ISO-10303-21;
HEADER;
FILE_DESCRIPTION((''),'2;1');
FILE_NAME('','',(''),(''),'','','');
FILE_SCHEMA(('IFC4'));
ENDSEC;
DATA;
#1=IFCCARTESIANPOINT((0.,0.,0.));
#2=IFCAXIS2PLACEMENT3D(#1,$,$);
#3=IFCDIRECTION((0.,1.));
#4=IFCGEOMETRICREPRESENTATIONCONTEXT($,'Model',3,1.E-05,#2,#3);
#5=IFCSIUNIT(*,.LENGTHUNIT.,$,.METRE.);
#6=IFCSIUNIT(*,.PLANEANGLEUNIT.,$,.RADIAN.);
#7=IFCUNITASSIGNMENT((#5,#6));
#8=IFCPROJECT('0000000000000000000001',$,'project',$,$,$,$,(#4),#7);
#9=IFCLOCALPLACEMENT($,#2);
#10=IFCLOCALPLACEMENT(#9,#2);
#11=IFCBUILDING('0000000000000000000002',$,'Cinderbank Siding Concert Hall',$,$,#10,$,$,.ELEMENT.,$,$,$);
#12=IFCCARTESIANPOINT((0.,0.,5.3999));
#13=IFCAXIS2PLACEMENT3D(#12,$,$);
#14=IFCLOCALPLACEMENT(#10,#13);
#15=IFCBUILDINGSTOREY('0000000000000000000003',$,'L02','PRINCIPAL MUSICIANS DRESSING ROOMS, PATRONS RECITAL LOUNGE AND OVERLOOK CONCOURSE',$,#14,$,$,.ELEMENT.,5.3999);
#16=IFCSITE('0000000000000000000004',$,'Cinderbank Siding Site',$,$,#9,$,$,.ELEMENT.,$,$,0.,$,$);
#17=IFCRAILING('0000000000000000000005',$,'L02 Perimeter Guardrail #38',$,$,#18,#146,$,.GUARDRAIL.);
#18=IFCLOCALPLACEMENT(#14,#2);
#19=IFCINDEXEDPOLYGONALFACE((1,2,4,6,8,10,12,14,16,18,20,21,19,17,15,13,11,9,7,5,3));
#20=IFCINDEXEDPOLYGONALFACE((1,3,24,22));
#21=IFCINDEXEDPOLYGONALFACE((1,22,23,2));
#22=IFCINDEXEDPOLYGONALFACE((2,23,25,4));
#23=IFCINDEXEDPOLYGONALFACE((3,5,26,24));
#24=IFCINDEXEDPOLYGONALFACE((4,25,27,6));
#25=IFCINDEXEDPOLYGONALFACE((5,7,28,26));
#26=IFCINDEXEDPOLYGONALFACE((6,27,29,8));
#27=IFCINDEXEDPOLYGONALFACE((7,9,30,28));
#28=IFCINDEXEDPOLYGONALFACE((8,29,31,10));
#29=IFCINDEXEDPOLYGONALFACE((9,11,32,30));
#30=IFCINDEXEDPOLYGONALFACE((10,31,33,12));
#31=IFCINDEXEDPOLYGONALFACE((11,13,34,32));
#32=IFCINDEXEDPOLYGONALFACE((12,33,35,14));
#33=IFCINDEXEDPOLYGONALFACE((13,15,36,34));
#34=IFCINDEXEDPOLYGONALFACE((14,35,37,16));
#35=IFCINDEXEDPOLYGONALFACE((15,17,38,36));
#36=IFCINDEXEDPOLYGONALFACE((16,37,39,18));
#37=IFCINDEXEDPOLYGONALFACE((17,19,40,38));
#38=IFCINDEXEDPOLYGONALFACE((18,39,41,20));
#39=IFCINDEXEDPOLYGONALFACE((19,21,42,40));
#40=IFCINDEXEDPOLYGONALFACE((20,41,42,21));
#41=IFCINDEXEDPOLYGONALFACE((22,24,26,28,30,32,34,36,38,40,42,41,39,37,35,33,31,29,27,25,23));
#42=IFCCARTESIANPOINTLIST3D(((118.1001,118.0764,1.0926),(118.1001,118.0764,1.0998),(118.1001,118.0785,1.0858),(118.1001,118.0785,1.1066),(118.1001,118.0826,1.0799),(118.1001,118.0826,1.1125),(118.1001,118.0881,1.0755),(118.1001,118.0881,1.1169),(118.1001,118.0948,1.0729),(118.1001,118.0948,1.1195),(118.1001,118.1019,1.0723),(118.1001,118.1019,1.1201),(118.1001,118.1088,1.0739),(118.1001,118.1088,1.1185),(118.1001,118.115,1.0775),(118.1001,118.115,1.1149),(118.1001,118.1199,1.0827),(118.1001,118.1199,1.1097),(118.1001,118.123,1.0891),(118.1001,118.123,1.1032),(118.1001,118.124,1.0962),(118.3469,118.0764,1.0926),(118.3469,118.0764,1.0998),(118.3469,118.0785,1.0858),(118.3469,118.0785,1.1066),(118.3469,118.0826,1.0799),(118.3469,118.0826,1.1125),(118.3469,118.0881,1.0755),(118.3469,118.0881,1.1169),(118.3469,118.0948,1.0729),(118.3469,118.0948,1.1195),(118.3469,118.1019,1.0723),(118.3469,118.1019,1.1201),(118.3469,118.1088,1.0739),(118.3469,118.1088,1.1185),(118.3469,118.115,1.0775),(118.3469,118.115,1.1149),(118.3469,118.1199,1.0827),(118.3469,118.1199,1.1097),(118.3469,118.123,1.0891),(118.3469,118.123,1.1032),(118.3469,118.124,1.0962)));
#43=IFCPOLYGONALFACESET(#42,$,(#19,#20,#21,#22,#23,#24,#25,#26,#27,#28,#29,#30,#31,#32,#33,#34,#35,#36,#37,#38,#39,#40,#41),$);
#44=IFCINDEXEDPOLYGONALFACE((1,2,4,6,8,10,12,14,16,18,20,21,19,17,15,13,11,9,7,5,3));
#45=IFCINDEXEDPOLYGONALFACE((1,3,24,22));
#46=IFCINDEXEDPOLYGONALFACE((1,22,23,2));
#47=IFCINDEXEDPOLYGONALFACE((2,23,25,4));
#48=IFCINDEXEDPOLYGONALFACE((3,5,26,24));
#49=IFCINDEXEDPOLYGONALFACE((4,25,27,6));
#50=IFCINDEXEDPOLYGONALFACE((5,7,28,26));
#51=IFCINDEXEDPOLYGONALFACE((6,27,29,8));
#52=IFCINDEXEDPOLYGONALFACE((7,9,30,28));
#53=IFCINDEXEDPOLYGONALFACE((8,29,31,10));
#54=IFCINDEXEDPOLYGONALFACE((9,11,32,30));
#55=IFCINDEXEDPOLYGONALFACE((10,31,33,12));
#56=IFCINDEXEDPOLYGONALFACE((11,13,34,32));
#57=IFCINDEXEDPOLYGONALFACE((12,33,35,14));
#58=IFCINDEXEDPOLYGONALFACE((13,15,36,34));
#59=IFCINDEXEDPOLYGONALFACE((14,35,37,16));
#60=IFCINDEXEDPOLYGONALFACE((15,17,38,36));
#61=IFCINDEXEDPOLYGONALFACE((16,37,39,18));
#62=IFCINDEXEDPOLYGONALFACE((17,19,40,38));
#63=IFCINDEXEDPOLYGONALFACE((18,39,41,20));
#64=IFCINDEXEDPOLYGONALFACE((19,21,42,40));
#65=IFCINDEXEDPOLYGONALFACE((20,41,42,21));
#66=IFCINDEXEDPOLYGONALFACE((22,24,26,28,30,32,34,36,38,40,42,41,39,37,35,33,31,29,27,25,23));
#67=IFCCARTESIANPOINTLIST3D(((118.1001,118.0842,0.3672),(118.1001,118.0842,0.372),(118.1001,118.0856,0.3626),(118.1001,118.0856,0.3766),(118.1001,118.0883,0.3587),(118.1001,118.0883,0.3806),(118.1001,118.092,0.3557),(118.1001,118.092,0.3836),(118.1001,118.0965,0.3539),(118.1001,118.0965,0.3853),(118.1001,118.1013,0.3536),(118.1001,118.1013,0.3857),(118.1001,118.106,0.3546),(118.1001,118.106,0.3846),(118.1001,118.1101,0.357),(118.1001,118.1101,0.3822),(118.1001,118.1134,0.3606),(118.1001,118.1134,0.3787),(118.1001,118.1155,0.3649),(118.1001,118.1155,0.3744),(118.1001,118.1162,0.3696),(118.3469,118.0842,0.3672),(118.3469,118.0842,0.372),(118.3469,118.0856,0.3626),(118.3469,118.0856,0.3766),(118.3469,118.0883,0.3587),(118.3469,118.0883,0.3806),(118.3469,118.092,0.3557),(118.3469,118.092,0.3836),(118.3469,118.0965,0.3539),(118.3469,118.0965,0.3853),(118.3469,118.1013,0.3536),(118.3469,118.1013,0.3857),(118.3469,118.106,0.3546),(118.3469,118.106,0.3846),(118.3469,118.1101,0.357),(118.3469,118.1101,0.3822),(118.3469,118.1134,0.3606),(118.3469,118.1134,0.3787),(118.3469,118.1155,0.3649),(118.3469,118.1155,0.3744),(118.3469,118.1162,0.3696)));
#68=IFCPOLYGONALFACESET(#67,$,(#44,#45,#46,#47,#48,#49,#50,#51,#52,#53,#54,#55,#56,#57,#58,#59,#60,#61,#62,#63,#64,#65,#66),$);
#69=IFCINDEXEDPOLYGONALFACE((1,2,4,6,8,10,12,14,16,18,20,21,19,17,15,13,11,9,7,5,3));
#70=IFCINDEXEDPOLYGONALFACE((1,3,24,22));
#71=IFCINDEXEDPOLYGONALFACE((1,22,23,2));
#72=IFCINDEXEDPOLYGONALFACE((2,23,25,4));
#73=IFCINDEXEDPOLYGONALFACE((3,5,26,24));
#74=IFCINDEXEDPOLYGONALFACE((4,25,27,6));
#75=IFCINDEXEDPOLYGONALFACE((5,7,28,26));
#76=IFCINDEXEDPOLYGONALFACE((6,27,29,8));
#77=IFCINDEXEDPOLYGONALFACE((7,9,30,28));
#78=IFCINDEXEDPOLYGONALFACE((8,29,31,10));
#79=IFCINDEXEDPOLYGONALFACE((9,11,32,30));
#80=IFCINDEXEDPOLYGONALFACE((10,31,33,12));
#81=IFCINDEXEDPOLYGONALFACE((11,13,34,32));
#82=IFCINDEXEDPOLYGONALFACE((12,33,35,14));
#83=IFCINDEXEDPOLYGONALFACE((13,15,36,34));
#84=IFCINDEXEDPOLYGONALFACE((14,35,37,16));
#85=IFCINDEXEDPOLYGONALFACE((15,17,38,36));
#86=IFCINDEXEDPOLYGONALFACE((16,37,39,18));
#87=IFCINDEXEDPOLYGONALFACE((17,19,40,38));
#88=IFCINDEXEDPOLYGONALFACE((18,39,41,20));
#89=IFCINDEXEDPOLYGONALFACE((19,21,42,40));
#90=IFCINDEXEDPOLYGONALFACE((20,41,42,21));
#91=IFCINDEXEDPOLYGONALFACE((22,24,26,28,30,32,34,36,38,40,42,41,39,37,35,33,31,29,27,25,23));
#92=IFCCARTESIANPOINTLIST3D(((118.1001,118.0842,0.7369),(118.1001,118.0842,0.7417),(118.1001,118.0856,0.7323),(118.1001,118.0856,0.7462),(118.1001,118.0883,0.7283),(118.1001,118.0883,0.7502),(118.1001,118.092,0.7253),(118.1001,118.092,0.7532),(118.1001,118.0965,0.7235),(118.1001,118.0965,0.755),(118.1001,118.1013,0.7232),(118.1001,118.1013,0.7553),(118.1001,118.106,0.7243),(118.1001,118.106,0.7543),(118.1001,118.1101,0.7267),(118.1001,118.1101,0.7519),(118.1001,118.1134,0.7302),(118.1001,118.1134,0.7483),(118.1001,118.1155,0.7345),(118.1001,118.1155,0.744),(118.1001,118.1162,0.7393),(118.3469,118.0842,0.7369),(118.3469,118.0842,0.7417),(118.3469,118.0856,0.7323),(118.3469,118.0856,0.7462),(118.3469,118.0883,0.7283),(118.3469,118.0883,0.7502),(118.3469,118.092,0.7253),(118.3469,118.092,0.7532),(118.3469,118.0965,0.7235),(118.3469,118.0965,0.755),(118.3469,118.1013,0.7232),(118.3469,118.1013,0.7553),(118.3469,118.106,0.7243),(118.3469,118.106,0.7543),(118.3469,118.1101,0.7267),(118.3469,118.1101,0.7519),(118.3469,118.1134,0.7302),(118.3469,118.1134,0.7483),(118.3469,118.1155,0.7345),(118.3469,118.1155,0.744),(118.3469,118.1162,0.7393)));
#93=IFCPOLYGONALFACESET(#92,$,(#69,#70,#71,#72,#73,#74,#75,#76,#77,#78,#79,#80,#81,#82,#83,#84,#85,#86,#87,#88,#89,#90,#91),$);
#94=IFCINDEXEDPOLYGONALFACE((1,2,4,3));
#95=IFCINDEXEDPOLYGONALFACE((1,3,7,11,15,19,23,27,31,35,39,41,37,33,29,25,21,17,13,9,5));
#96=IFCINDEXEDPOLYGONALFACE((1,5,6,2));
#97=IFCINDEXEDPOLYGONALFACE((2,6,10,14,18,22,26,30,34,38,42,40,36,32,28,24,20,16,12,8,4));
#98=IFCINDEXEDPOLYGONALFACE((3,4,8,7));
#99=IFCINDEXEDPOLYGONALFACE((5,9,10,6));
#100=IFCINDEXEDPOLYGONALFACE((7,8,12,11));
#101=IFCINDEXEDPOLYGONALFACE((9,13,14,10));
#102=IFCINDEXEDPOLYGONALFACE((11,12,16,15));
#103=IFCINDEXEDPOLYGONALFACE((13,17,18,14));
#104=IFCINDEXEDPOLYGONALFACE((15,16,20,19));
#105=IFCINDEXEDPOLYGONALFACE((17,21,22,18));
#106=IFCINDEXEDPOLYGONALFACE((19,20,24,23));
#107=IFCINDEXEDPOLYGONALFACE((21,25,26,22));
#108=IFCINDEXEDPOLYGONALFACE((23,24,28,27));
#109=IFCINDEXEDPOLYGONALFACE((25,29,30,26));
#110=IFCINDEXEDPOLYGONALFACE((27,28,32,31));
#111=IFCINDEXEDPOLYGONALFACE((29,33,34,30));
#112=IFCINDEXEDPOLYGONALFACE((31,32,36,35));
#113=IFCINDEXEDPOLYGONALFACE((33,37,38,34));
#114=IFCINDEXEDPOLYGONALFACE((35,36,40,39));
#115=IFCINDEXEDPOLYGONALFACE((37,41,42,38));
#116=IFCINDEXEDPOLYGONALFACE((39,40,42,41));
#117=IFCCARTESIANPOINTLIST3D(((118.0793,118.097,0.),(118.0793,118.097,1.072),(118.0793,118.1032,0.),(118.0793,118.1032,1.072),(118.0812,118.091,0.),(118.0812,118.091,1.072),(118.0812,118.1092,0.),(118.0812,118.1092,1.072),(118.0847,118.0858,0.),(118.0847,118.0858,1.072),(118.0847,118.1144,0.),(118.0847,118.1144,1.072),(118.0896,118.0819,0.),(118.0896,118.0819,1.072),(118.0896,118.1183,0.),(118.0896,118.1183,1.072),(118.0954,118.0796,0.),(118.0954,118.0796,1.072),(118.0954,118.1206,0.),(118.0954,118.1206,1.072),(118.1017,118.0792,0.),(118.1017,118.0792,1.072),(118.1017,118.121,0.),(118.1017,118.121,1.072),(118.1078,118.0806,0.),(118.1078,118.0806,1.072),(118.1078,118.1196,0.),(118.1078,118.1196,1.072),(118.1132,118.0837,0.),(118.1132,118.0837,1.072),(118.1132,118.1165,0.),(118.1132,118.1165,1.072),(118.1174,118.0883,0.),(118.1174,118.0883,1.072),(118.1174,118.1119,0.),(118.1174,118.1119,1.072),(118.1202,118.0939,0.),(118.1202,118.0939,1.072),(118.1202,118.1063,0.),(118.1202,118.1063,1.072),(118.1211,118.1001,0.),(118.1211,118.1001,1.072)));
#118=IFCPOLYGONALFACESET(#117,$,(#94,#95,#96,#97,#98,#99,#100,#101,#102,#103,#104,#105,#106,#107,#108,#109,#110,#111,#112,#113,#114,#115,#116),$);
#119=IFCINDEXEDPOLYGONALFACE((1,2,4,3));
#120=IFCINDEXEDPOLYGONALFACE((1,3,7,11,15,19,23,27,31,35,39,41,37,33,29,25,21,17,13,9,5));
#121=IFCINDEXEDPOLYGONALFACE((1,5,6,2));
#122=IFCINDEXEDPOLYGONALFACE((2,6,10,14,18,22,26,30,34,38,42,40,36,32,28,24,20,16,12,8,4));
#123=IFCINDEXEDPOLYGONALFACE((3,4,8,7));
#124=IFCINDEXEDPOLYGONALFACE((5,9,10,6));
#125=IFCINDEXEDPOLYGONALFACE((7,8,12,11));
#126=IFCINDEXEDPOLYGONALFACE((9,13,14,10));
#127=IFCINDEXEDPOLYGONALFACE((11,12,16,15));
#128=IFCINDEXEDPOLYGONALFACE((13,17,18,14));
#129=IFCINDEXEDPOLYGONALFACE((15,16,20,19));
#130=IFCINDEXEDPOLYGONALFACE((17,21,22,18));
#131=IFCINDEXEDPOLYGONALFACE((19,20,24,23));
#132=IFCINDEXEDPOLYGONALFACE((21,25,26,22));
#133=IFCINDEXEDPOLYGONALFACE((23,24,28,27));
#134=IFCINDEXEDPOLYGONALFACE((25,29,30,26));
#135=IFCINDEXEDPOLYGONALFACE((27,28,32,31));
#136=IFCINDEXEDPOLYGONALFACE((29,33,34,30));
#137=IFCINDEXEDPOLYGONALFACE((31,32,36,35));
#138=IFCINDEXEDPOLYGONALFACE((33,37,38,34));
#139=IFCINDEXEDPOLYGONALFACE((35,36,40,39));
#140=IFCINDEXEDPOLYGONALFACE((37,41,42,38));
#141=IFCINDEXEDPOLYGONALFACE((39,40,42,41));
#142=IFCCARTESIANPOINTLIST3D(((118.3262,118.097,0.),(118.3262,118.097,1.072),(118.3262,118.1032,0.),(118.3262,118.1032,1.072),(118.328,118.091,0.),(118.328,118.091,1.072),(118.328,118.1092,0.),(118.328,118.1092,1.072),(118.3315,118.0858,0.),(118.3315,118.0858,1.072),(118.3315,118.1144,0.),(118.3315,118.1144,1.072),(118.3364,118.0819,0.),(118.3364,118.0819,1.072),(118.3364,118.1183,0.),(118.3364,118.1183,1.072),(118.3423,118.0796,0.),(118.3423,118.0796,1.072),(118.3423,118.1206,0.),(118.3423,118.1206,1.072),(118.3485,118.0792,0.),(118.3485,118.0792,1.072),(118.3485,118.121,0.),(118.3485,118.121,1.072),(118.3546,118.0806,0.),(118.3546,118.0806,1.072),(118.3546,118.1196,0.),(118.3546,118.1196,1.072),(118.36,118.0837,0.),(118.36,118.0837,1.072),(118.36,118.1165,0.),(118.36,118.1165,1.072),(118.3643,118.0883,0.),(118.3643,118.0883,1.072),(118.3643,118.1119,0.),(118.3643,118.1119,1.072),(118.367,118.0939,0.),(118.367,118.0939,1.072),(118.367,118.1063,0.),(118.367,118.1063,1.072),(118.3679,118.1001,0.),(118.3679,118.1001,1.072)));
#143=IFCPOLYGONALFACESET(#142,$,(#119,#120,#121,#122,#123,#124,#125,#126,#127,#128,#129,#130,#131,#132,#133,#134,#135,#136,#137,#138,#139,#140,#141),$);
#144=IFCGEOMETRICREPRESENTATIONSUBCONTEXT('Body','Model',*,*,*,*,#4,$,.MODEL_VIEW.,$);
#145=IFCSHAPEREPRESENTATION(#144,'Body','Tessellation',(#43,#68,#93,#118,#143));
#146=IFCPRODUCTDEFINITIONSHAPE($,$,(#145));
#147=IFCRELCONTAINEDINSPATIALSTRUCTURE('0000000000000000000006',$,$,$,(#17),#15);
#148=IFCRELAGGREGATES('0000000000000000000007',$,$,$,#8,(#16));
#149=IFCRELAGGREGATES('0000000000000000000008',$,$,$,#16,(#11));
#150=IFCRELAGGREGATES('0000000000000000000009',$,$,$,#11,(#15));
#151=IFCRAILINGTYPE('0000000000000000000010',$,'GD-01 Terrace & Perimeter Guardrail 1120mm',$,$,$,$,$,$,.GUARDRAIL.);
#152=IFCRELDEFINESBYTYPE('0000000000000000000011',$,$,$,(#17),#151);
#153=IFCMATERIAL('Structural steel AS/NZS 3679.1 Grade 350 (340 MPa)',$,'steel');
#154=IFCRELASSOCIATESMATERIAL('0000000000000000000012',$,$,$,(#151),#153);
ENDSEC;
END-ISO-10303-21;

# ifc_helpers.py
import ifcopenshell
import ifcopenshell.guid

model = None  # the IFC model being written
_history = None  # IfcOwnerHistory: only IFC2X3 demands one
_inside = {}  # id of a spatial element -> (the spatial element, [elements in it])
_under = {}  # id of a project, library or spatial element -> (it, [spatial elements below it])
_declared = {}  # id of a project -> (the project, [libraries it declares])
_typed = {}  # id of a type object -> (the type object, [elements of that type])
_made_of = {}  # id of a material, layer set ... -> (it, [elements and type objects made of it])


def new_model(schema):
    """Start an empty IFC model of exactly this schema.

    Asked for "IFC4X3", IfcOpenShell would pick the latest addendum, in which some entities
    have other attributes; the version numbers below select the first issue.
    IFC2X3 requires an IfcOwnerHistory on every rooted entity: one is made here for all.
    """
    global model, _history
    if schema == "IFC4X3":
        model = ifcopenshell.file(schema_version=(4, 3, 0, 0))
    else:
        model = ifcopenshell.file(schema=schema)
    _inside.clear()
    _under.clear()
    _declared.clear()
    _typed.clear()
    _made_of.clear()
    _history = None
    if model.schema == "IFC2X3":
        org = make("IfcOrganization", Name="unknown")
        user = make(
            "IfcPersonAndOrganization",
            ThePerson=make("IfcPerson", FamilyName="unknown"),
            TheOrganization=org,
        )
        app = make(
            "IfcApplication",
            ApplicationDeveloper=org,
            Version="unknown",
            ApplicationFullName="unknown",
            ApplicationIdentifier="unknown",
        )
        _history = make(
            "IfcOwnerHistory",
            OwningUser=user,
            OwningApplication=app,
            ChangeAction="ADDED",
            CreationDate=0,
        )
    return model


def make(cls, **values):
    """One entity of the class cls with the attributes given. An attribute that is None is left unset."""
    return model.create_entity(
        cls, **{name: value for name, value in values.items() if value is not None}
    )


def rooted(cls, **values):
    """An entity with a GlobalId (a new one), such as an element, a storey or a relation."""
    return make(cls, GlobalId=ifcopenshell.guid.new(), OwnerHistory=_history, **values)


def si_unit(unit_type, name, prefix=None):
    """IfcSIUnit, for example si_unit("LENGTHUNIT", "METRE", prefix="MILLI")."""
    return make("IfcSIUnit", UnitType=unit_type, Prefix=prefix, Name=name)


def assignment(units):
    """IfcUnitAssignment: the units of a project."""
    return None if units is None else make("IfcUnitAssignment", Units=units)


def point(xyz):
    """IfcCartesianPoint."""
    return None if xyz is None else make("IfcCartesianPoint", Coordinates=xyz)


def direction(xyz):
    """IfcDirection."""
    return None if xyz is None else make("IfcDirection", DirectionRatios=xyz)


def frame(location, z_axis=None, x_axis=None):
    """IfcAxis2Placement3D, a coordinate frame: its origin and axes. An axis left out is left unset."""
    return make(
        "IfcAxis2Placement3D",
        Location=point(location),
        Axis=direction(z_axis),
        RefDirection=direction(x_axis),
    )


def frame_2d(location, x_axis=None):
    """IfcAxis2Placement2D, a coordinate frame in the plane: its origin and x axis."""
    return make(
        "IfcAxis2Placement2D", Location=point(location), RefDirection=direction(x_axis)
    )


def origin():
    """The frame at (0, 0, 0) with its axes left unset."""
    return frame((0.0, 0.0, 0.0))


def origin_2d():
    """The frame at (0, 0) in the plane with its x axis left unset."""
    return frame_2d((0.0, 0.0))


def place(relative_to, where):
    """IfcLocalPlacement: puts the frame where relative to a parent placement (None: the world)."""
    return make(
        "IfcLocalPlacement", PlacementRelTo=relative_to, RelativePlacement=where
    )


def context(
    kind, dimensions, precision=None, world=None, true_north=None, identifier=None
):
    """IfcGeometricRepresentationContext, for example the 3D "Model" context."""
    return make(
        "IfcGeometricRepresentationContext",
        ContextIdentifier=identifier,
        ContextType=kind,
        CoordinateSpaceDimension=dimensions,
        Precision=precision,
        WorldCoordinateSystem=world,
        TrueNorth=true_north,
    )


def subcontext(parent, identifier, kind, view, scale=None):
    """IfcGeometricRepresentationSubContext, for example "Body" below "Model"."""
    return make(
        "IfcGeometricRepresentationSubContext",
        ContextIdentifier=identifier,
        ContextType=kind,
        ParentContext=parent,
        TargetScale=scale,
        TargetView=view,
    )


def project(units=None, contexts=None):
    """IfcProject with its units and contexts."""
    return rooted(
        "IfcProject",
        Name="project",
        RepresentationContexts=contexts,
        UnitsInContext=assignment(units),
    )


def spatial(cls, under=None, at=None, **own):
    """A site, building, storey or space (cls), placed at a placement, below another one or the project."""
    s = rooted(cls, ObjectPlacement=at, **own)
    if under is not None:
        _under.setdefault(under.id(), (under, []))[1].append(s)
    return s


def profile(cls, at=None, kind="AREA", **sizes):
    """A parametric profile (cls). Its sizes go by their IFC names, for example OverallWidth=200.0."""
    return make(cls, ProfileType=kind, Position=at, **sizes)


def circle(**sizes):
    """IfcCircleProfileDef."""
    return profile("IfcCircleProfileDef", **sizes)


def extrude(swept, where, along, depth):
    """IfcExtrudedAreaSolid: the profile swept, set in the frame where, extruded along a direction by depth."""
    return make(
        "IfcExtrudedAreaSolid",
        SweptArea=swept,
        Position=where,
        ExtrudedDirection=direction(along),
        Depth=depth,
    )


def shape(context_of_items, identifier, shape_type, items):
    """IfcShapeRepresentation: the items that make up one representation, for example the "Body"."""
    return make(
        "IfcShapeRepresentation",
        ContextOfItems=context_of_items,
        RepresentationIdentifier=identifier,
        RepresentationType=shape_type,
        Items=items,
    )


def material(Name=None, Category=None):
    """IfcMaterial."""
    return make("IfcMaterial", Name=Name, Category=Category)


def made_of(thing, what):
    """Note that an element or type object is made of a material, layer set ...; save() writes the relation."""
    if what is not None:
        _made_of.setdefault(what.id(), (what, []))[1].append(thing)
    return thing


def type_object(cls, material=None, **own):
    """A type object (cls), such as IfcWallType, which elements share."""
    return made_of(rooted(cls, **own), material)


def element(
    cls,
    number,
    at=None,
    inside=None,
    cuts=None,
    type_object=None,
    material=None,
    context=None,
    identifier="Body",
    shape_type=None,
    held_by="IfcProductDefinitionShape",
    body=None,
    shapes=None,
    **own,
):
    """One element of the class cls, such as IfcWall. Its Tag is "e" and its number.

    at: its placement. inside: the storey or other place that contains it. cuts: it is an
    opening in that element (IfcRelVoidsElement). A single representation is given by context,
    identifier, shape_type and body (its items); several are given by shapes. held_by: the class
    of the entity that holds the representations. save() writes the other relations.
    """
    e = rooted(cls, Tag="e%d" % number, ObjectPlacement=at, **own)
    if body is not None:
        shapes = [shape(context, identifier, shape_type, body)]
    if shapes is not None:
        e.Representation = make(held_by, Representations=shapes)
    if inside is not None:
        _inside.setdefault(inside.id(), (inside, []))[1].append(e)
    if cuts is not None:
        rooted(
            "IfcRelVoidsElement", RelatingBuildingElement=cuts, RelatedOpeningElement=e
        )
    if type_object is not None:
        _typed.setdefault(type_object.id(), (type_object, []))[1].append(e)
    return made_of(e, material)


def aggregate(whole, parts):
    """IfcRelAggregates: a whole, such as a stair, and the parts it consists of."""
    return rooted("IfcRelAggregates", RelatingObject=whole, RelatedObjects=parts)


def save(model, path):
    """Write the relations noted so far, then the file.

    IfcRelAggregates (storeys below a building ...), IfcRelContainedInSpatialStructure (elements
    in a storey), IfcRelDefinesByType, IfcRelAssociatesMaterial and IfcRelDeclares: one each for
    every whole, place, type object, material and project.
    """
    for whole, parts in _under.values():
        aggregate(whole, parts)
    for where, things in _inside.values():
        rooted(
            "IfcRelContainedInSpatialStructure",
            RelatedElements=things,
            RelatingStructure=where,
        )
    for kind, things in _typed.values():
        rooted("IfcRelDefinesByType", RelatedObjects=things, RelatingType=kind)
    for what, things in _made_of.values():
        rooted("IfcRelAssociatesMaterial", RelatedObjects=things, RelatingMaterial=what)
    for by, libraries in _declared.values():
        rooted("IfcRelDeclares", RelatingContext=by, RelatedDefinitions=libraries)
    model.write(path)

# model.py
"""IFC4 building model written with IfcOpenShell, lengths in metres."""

from ifc_helpers import new_model, si_unit, direction, frame, origin, origin_2d, place, context, subcontext, project, spatial, circle, extrude, material, type_object, element, save


model = new_model("IFC4")

# Units and contexts
model_context = context("Model", 3, precision=1e-05, world=origin(), true_north=direction((0.0, 1.0)))
body_context = subcontext(model_context, "Body", "Model", "MODEL_VIEW")
ifc_project = project(units=[si_unit("LENGTHUNIT", "METRE"), si_unit("PLANEANGLEUNIT", "RADIAN")], contexts=[model_context])

# Site, building, storey
site_placement = place(None, origin())
site = spatial("IfcSite", under=ifc_project, at=site_placement, Name="Cinderbank Siding Site", CompositionType="ELEMENT", RefElevation=0.0)
building_placement = place(site_placement, origin())
building = spatial("IfcBuilding", under=site, at=building_placement, Name="Cinderbank Siding Concert Hall", CompositionType="ELEMENT")
storey_placement = place(building_placement, frame((0.0, 0.0, 5.3999)))
storey = spatial("IfcBuildingStorey", under=building, at=storey_placement, Name="L02", Description="PRINCIPAL MUSICIANS DRESSING ROOMS, PATRONS RECITAL LOUNGE AND OVERLOOK CONCOURSE", CompositionType="ELEMENT", Elevation=5.3999)

# Shared definitions
ifc_material_1 = material(Name="Structural steel AS/NZS 3679.1 Grade 350 (340 MPa)", Category="steel")

# Railing
railing_type_1 = type_object("IfcRailingType", Name="GD-01 Terrace & Perimeter Guardrail 1120mm", PredefinedType="GUARDRAIL", material=ifc_material_1)
railing_1_placement = place(storey_placement, frame((118.1001, 118.1001, 0.0)))
element("IfcRailing", 1, at=railing_1_placement, inside=storey, type_object=railing_type_1, Name="L02 Perimeter Guardrail #38", PredefinedType="GUARDRAIL", context=body_context, shape_type="SweptSolid", body=[
    extrude(circle(Radius=0.0239, at=origin_2d()), frame((0.0, 0.0, 1.0962), z_axis=(1.0, 0.0, 0.0), x_axis=(0.0, 1.0, 0.0)), (0.0, 0.0, 1.0), 0.2468),
    extrude(circle(Radius=0.0161, at=origin_2d()), frame((0.0, 0.0, 0.3696), z_axis=(1.0, 0.0, 0.0), x_axis=(0.0, 1.0, 0.0)), (0.0, 0.0, 1.0), 0.2468),
    extrude(circle(Radius=0.0161, at=origin_2d()), frame((0.0, 0.0, 0.7393), z_axis=(1.0, 0.0, 0.0), x_axis=(0.0, 1.0, 0.0)), (0.0, 0.0, 1.0), 0.2468),
    extrude(circle(Radius=0.021, at=origin_2d()), origin(), (0.0, 0.0, 1.0), 1.072),
    extrude(circle(Radius=0.021, at=origin_2d()), frame((0.2468, 0.0, 0.0)), (0.0, 0.0, 1.0), 1.072),
])

save(model, "model.ifc")
